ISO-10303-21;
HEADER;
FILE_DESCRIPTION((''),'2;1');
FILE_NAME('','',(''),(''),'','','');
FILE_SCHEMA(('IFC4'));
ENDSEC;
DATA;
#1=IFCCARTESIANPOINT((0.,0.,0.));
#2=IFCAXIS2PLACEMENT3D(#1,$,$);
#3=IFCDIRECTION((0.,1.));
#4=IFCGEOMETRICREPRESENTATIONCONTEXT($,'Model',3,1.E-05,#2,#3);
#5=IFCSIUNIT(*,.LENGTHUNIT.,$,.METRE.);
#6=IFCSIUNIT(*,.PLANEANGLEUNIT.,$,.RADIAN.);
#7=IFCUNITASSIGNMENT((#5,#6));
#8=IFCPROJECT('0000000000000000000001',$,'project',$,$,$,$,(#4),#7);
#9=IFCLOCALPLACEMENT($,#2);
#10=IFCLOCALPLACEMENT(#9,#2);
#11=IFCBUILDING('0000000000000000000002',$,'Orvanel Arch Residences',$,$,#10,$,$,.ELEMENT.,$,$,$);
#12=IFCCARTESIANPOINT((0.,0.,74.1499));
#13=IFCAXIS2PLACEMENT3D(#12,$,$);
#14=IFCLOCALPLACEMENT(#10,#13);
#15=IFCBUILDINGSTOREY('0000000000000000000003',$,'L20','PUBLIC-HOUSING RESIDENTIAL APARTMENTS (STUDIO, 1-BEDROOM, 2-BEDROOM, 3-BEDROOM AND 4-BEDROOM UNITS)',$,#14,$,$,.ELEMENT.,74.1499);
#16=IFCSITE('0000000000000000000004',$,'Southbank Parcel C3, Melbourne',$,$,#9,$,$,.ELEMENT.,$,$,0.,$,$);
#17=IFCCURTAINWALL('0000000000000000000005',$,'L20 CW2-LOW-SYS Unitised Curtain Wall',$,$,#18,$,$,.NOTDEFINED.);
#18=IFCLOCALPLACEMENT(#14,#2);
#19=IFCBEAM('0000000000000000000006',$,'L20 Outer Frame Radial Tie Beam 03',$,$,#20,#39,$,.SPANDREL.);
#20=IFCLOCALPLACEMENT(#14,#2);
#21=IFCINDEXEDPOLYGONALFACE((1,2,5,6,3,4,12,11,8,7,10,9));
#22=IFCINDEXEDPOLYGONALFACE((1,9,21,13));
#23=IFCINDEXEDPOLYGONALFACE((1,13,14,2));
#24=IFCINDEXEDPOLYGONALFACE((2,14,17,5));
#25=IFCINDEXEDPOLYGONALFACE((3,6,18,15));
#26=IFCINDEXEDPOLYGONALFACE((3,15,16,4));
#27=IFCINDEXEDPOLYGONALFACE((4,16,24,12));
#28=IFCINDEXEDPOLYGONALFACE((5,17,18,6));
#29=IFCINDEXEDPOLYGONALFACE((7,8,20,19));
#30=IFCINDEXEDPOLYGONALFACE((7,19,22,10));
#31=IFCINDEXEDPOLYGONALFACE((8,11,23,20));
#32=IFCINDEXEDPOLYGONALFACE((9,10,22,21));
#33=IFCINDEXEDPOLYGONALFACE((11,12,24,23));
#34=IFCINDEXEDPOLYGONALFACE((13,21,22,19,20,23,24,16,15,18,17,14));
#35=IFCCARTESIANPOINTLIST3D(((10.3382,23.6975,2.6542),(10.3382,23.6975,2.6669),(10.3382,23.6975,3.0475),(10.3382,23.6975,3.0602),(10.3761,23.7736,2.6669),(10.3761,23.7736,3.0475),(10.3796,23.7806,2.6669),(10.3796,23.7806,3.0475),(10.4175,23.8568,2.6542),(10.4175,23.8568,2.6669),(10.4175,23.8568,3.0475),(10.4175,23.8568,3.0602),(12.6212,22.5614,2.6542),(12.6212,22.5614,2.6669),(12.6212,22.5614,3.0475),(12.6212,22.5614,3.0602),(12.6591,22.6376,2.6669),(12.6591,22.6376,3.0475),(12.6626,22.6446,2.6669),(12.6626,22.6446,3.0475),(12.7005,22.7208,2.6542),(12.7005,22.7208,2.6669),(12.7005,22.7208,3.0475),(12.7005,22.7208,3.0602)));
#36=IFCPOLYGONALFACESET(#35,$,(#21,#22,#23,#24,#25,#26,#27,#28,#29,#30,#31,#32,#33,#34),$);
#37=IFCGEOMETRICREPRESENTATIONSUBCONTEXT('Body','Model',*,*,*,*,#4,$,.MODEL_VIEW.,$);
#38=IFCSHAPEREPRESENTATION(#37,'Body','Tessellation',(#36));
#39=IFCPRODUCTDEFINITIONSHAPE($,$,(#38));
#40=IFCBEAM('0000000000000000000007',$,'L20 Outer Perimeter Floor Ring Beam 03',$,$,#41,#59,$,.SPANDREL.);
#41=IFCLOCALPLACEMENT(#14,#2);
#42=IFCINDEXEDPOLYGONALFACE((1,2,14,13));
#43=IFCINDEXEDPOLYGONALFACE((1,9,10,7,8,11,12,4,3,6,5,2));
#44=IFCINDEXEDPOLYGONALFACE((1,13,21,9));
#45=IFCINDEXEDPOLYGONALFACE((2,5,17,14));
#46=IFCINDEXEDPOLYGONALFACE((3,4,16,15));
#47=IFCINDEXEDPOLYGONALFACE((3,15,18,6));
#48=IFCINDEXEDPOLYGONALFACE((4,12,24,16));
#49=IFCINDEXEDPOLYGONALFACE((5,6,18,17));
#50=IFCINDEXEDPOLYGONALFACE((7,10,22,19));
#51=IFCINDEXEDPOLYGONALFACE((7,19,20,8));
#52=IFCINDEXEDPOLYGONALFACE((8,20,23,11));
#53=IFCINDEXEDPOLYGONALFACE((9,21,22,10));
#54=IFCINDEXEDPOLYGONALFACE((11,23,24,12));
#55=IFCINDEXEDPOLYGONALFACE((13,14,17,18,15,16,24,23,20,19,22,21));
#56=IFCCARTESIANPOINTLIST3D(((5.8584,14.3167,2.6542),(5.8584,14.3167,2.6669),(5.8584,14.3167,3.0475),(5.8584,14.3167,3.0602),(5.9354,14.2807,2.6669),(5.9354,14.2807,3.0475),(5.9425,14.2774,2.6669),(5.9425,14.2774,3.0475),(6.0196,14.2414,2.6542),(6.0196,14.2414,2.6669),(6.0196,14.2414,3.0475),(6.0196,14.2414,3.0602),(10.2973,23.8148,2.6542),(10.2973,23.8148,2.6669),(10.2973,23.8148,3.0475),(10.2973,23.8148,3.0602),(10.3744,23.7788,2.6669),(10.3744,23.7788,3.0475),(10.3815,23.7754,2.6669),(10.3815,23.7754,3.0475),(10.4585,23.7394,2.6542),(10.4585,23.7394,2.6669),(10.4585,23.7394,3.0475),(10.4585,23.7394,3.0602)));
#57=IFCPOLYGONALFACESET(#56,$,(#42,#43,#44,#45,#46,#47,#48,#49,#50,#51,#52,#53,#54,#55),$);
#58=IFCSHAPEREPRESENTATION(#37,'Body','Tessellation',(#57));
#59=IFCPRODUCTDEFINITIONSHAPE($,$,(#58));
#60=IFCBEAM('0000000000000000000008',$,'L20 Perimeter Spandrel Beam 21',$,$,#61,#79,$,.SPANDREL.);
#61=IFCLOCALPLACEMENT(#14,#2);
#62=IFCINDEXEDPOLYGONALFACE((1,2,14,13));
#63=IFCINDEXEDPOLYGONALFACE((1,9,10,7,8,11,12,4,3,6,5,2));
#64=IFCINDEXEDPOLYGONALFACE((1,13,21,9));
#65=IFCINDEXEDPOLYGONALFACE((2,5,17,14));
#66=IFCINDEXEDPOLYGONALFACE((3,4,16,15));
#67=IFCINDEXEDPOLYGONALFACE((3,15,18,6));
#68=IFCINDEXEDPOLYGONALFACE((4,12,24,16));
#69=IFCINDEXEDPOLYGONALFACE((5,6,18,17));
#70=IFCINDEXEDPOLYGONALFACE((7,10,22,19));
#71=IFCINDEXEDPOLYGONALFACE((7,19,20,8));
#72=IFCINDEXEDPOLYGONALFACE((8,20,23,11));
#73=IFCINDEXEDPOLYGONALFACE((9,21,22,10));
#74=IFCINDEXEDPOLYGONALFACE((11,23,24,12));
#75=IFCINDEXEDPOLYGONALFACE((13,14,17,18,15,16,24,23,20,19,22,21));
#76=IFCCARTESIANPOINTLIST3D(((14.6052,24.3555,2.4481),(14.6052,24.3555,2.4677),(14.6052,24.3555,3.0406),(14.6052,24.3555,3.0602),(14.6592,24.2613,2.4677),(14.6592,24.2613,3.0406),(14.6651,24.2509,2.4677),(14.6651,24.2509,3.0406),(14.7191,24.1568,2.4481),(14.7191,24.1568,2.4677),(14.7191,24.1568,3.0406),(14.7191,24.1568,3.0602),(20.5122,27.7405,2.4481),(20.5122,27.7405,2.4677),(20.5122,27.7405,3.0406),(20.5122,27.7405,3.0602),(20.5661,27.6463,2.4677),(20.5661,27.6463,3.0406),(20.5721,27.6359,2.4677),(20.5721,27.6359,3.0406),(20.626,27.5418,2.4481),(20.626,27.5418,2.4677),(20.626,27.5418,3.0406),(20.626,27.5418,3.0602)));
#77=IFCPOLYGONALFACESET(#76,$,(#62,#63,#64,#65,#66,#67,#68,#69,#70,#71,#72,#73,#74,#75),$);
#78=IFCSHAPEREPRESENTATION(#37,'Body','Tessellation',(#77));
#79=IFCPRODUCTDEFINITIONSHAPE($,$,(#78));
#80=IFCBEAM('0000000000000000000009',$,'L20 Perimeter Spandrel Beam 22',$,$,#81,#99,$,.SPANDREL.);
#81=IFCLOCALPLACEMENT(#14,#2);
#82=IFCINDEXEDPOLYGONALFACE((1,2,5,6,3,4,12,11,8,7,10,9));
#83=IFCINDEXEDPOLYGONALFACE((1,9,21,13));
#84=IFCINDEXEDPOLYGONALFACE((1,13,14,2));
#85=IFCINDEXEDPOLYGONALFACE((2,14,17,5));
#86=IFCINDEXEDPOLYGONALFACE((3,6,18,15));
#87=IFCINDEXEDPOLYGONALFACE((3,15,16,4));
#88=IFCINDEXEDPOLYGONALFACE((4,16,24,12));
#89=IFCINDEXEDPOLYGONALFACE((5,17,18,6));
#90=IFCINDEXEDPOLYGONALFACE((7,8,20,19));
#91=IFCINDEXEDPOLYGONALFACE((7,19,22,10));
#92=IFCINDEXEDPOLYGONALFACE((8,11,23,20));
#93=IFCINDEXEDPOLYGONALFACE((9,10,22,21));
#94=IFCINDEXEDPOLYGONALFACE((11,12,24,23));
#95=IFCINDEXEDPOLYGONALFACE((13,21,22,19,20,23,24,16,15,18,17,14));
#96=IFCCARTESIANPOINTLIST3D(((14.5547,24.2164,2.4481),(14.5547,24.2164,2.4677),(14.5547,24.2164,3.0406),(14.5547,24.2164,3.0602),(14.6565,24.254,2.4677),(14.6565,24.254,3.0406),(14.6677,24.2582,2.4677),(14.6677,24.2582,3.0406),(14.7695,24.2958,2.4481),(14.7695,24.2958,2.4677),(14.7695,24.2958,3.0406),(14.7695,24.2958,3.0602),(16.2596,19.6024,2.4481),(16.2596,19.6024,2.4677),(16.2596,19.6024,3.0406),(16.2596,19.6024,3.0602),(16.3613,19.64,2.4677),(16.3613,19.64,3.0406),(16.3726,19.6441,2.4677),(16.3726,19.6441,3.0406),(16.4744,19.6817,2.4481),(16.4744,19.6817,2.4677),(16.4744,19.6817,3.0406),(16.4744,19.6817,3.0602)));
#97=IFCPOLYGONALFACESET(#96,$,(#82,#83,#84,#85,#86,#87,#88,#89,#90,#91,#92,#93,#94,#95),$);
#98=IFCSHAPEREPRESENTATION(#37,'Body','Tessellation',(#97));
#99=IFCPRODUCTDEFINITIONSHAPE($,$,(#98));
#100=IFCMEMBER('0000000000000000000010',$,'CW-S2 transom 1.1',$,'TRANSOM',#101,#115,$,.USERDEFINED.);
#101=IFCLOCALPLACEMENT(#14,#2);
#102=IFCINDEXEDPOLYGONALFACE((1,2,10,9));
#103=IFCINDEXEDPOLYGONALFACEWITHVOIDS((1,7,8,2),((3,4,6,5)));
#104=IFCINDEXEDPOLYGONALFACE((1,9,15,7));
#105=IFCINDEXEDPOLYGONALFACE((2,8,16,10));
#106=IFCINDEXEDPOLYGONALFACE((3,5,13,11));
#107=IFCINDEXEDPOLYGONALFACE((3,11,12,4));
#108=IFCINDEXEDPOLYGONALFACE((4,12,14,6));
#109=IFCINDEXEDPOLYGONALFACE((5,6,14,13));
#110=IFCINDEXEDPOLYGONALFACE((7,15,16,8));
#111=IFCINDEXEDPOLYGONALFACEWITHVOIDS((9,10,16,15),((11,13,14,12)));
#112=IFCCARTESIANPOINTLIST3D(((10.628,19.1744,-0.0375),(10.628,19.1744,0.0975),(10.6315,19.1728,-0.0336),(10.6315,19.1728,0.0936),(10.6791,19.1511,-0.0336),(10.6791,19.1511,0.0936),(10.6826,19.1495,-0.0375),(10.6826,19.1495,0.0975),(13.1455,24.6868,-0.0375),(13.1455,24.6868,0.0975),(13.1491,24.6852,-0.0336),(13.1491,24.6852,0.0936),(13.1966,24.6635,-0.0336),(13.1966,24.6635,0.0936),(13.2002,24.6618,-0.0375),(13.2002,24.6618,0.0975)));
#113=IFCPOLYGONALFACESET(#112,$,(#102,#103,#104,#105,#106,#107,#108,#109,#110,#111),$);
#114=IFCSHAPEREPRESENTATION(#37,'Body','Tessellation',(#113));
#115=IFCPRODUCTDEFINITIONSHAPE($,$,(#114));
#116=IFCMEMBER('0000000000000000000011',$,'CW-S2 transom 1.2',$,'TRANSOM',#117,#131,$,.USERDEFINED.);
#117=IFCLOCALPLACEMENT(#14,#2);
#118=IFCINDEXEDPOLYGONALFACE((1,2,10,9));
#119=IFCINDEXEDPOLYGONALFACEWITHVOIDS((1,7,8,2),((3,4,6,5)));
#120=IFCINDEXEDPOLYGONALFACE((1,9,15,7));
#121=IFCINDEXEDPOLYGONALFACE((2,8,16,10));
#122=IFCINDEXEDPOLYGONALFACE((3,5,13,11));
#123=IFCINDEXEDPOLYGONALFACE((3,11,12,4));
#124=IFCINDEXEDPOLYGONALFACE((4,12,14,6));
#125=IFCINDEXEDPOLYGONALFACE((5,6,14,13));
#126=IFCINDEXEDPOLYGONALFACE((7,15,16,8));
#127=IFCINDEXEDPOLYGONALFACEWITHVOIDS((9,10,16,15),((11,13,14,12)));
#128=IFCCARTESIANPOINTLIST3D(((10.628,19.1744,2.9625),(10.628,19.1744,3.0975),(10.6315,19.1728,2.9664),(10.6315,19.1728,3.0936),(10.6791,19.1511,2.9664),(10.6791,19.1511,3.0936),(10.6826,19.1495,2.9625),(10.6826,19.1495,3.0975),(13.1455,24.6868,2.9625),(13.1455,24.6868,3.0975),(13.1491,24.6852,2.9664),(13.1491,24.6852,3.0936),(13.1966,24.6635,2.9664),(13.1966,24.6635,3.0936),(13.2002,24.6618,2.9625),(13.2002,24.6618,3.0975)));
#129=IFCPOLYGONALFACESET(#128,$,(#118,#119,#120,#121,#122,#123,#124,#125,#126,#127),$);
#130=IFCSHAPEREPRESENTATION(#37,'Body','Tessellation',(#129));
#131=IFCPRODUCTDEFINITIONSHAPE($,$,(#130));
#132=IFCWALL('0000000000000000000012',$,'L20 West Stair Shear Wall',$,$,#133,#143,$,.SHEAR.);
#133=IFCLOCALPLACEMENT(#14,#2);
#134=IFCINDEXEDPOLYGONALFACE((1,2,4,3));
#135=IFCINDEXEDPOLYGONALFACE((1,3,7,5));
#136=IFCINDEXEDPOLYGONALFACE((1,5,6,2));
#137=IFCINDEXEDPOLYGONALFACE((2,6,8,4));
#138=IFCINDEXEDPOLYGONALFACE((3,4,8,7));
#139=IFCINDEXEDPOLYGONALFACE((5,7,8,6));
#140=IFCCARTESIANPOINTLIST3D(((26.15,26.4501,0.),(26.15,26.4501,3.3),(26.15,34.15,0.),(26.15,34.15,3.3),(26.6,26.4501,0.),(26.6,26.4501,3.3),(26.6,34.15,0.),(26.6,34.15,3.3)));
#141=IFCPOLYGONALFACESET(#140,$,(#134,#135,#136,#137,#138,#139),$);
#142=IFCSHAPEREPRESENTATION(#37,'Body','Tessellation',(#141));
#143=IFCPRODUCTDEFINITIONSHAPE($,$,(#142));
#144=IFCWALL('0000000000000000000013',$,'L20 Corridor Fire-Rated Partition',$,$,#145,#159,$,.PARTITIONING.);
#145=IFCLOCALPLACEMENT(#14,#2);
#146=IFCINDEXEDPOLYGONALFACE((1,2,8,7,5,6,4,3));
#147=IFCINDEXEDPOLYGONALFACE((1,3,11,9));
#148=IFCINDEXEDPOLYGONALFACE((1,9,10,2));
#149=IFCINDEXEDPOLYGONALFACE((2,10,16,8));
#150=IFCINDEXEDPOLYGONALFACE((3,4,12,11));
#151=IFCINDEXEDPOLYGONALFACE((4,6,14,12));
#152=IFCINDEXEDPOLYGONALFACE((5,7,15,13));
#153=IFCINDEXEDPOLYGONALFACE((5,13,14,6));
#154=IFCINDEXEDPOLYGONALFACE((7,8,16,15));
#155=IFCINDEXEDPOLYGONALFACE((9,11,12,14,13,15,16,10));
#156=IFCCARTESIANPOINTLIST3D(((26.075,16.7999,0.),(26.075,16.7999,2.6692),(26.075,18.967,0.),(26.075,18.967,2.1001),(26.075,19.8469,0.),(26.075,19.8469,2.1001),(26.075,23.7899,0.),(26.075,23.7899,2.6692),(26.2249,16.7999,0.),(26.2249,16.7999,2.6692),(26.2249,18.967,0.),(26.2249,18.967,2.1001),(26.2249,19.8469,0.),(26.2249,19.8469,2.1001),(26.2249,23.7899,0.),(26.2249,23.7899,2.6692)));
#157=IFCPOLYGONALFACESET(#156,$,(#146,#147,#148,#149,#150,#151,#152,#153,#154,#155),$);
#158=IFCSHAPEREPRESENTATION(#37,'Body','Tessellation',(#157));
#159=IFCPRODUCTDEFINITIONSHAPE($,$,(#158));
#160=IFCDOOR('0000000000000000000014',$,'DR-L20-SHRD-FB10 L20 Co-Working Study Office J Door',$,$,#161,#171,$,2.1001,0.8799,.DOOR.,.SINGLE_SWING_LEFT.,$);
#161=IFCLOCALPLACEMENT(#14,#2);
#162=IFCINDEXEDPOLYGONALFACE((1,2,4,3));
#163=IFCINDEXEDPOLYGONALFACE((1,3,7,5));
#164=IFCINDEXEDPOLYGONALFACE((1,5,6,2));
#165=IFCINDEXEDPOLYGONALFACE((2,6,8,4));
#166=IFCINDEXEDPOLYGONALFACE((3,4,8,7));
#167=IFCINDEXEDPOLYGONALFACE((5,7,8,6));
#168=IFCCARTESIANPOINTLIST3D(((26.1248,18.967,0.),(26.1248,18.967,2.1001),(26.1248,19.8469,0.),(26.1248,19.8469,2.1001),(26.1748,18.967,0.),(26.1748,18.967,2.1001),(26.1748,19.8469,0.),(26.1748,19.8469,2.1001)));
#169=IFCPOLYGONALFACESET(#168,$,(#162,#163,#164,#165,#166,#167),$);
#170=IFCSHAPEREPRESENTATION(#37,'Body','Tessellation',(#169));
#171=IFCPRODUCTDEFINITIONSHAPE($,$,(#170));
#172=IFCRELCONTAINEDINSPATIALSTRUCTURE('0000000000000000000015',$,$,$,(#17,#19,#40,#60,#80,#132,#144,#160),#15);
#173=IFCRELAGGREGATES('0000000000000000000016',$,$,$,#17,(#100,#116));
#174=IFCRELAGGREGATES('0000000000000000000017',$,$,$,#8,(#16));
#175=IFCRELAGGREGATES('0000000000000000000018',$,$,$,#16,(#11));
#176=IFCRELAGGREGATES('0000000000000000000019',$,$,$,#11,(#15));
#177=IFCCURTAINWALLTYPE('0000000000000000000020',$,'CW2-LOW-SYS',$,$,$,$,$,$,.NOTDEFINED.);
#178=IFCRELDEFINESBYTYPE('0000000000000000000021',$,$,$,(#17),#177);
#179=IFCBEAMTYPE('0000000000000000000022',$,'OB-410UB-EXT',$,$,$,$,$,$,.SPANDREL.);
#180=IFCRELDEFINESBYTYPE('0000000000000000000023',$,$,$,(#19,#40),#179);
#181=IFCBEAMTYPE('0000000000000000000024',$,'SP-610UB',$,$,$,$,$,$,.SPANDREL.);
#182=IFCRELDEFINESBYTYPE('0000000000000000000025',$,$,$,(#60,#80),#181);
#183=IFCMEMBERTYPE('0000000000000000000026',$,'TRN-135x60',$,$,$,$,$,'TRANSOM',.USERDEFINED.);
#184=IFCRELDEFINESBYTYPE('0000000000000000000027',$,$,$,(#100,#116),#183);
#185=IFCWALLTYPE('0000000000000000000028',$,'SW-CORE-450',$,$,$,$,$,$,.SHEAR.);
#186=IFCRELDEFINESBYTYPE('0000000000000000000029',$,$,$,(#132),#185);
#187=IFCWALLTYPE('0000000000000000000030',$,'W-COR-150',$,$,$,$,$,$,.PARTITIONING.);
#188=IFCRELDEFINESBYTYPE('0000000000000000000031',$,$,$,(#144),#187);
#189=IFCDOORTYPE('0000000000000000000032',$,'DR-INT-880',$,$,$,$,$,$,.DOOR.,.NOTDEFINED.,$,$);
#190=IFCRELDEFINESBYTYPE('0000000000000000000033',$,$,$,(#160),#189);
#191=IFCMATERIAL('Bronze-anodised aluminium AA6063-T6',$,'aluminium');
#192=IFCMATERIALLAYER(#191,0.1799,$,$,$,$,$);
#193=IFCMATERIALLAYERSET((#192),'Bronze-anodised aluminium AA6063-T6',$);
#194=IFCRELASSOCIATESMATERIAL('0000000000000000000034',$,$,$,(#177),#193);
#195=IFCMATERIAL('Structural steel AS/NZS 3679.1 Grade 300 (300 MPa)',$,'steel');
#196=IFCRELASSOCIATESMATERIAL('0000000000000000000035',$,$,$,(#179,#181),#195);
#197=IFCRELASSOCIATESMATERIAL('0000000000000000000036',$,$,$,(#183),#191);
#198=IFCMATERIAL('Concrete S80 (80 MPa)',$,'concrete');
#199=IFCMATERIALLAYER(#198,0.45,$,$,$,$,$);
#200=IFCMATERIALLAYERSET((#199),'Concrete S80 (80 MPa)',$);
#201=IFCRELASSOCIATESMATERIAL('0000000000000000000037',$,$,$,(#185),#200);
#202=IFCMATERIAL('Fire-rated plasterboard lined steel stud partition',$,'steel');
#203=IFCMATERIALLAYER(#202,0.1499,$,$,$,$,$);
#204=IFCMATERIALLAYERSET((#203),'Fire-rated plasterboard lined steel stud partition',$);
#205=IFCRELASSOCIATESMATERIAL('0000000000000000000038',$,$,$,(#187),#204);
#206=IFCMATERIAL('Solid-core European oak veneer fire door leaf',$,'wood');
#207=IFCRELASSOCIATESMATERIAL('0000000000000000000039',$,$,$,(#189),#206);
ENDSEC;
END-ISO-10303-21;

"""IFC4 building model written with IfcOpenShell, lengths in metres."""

from ifc_helpers import new_model, si_unit, direction, frame, frame_2d, origin, origin_2d, place, context, subcontext, project, spatial, rectangle, hollow_rectangle, i_section, extrude, material, layer, layer_set, material_profile, profile_set, type_object, element, fill, aggregate, save


model = new_model("IFC4")

# Units and contexts
model_context = context("Model", 3, precision=1e-05, world=origin(), true_north=direction((0.0, 1.0)))
body_context = subcontext(model_context, "Body", "Model", "MODEL_VIEW")
ifc_project = project(units=[si_unit("LENGTHUNIT", "METRE"), si_unit("PLANEANGLEUNIT", "RADIAN")], contexts=[model_context])

# Site, building, storey
site_placement = place(None, origin())
site = spatial("IfcSite", under=ifc_project, at=site_placement, Name="Southbank Parcel C3, Melbourne", CompositionType="ELEMENT", RefElevation=0.0)
building_placement = place(site_placement, origin())
building = spatial("IfcBuilding", under=site, at=building_placement, Name="Orvanel Arch Residences", CompositionType="ELEMENT")
storey_placement = place(building_placement, frame((0.0, 0.0, 74.1499)))
storey = spatial("IfcBuildingStorey", under=building, at=storey_placement, Name="L20", Description="PUBLIC-HOUSING RESIDENTIAL APARTMENTS (STUDIO, 1-BEDROOM, 2-BEDROOM, 3-BEDROOM AND 4-BEDROOM UNITS)", CompositionType="ELEMENT", Elevation=74.1499)

# Shared definitions
ifc_material_1 = material(Name="Structural steel AS/NZS 3679.1 Grade 300 (300 MPa)", Category="steel")

# Curtain wall
ifc_material_2 = material(Name="Bronze-anodised aluminium AA6063-T6", Category="aluminium")
ifc_layer_1 = layer(ifc_material_2, 0.1799)
ifc_layer_set_1 = layer_set([ifc_layer_1], Name="Bronze-anodised aluminium AA6063-T6")
curtain_wall_type = type_object("IfcCurtainWallType", Name="CW2-LOW-SYS", PredefinedType="NOTDEFINED", material=ifc_layer_set_1)
curtain_wall_placement = place(storey_placement, origin())
curtain_wall = element("IfcCurtainWall", 1, at=curtain_wall_placement, inside=storey, type_object=curtain_wall_type, Name="L20 CW2-LOW-SYS Unitised Curtain Wall", PredefinedType="NOTDEFINED")

# Beams
ifc_material_profile_1 = material_profile(ifc_material_1, i_section(OverallWidth=0.178, OverallDepth=0.406, WebThickness=0.0078, FlangeThickness=0.0127, at=origin_2d()), Name="410UB59.7")
ifc_profile_set_1 = profile_set([ifc_material_profile_1], Name="Structural steel AS/NZS 3679.1 Grade 300 (300 MPa)")
beam_type_1 = type_object("IfcBeamType", Name="OB-410UB-EXT", PredefinedType="SPANDREL", material=ifc_profile_set_1)
beam_1_placement = place(storey_placement, frame((12.6609, 22.6411, 2.8572), z_axis=(-0.895287, 0.445489, 0.0), x_axis=(-0.445489, -0.895287, 0.0)))
element("IfcBeam", 2, at=beam_1_placement, inside=storey, type_object=beam_type_1, Name="L20 Outer Frame Radial Tie Beam 03", PredefinedType="SPANDREL", context=body_context, shape_type="SweptSolid", body=[
    extrude(i_section(OverallWidth=0.178, OverallDepth=0.406, WebThickness=0.0078, FlangeThickness=0.0127, at=origin_2d()), origin(), (0.0, 0.0, 1.0), 2.55),
])
beam_2_placement = place(storey_placement, frame((10.3779, 23.7771, 2.8572), z_axis=(-0.423398, -0.905944, 0.0), x_axis=(0.905944, -0.423398, 0.0)))
element("IfcBeam", 3, at=beam_2_placement, inside=storey, type_object=beam_type_1, Name="L20 Outer Perimeter Floor Ring Beam 03", PredefinedType="SPANDREL", context=body_context, shape_type="SweptSolid", body=[
    extrude(i_section(OverallWidth=0.178, OverallDepth=0.406, WebThickness=0.0078, FlangeThickness=0.0127, at=origin_2d()), origin(), (0.0, 0.0, 1.0), 10.4841),
])
ifc_material_profile_2 = material_profile(ifc_material_1, i_section(OverallWidth=0.229, OverallDepth=0.6121, WebThickness=0.012, FlangeThickness=0.0195, at=origin_2d()), Name="610UB125")
ifc_profile_set_2 = profile_set([ifc_material_profile_2], Name="Structural steel AS/NZS 3679.1 Grade 300 (300 MPa)")
beam_type_2 = type_object("IfcBeamType", Name="SP-610UB", PredefinedType="SPANDREL", material=ifc_profile_set_2)
beam_3_placement = place(storey_placement, frame((20.5691, 27.6411, 2.7542), z_axis=(-0.867636, -0.497201, 0.0), x_axis=(0.497201, -0.867636, 0.0)))
element("IfcBeam", 4, at=beam_3_placement, inside=storey, type_object=beam_type_2, Name="L20 Perimeter Spandrel Beam 21", PredefinedType="SPANDREL", context=body_context, shape_type="SweptSolid", body=[
    extrude(i_section(OverallWidth=0.229, OverallDepth=0.6121, WebThickness=0.012, FlangeThickness=0.0195, at=origin_2d()), origin(), (0.0, 0.0, 1.0), 6.8081),
])
beam_4_placement = place(storey_placement, frame((14.6621, 24.2561, 2.7542), z_axis=(0.346588, -0.938017, 0.0), x_axis=(0.938017, 0.346588, 0.0)))
element("IfcBeam", 5, at=beam_4_placement, inside=storey, type_object=beam_type_2, Name="L20 Perimeter Spandrel Beam 22", PredefinedType="SPANDREL", context=body_context, shape_type="SweptSolid", body=[
    extrude(i_section(OverallWidth=0.229, OverallDepth=0.6121, WebThickness=0.012, FlangeThickness=0.0195, at=origin_2d()), origin(), (0.0, 0.0, 1.0), 4.9189),
])

# Members
ifc_material_profile_3 = material_profile(ifc_material_2, hollow_rectangle(XDim=0.0601, YDim=0.135, WallThickness=0.0039, at=origin_2d()), Name="ALU135x60x4")
ifc_profile_set_3 = profile_set([ifc_material_profile_3], Name="Bronze-anodised aluminium AA6063-T6")
member_type_1 = type_object("IfcMemberType", Name="TRN-135x60", ElementType="TRANSOM", PredefinedType="USERDEFINED", material=ifc_profile_set_3)
member_1_placement = place(storey_placement, frame((13.1729, 24.6743, 0.03), z_axis=(-0.415432, -0.909624, 0.0), x_axis=(0.909624, -0.415432, 0.0)))
member_1 = element("IfcMember", 6, at=member_1_placement, type_object=member_type_1, Name="CW-S2 transom 1.1", ObjectType="TRANSOM", PredefinedType="USERDEFINED", context=body_context, shape_type="SweptSolid", body=[
    extrude(hollow_rectangle(XDim=0.0601, YDim=0.135, WallThickness=0.0039, at=origin_2d()), origin(), (0.0, 0.0, 1.0), 6.0601),
])
member_2_placement = place(storey_placement, frame((13.1729, 24.6743, 3.03), z_axis=(-0.415432, -0.909624, 0.0), x_axis=(0.909624, -0.415432, 0.0)))
member_2 = element("IfcMember", 7, at=member_2_placement, type_object=member_type_1, Name="CW-S2 transom 1.2", ObjectType="TRANSOM", PredefinedType="USERDEFINED", context=body_context, shape_type="SweptSolid", body=[
    extrude(hollow_rectangle(XDim=0.0601, YDim=0.135, WallThickness=0.0039, at=origin_2d()), origin(), (0.0, 0.0, 1.0), 6.0601),
])
aggregate(curtain_wall, [member_1, member_2])

# Shared definitions
ifc_material_3 = material(Name="Concrete S80 (80 MPa)", Category="concrete")
ifc_layer_2 = layer(ifc_material_3, 0.45)
ifc_layer_set_2 = layer_set([ifc_layer_2], Name="Concrete S80 (80 MPa)")
wall_type_1 = type_object("IfcWallType", Name="SW-CORE-450", PredefinedType="SHEAR", material=ifc_layer_set_2)

# Wall
wall_1_placement = place(storey_placement, frame((26.375, 26.45, 0.0), z_axis=(0.0, 0.0, 1.0), x_axis=(0.0, 1.0, 0.0)))
element("IfcWall", 8, at=wall_1_placement, inside=storey, type_object=wall_type_1, Name="L20 West Stair Shear Wall", PredefinedType="SHEAR", context=body_context, shape_type="SweptSolid", body=[
    extrude(rectangle(XDim=7.7, YDim=0.45, at=frame_2d((3.8501, 0.0))), origin(), (0.0, 0.0, 1.0), 3.3),
])

# Wall, opening, door
ifc_material_4 = material(Name="Fire-rated plasterboard lined steel stud partition", Category="steel")
ifc_layer_3 = layer(ifc_material_4, 0.1499)
ifc_layer_set_3 = layer_set([ifc_layer_3], Name="Fire-rated plasterboard lined steel stud partition")
wall_type_2 = type_object("IfcWallType", Name="W-COR-150", PredefinedType="PARTITIONING", material=ifc_layer_set_3)
wall_2_placement = place(storey_placement, frame((26.1499, 23.79, 0.0), z_axis=(0.0, 0.0, 1.0), x_axis=(0.0, -1.0, 0.0)))
wall_2 = element("IfcWall", 9, at=wall_2_placement, inside=storey, type_object=wall_type_2, Name="L20 Corridor Fire-Rated Partition", PredefinedType="PARTITIONING", context=body_context, shape_type="SweptSolid", body=[
    extrude(rectangle(XDim=6.99, YDim=0.1499, at=frame_2d((3.4951, 0.0))), origin(), (0.0, 0.0, 1.0), 2.6692),
])
opening_1_placement = place(wall_2_placement, frame((3.9431, 0.0, 0.0)))
opening_1 = element("IfcOpeningElement", 10, at=opening_1_placement, cuts=wall_2, PredefinedType="OPENING", context=body_context, shape_type="SweptSolid", body=[
    extrude(rectangle(XDim=0.8799, YDim=2.1001, at=frame_2d((0.4399, 1.05))), frame((0.0, 0.085, 0.0), z_axis=(0.0, -1.0, 0.0), x_axis=(1.0, 0.0, 0.0)), (0.0, 0.0, 1.0), 0.1699),
])
ifc_material_5 = material(Name="Solid-core European oak veneer fire door leaf", Category="wood")
door_type_1 = type_object("IfcDoorType", Name="DR-INT-880", OperationType="NOTDEFINED", PredefinedType="DOOR", material=ifc_material_5)
door_1_placement = place(opening_1_placement, origin())
door_1 = element("IfcDoor", 11, at=door_1_placement, inside=storey, type_object=door_type_1, Name="DR-L20-SHRD-FB10 L20 Co-Working Study Office J Door", OperationType="SINGLE_SWING_LEFT", OverallHeight=2.1001, OverallWidth=0.8799, PredefinedType="DOOR", context=body_context, shape_type="SweptSolid", body=[
    extrude(rectangle(XDim=0.8799, YDim=2.1001, at=frame_2d((0.4399, 1.05))), frame((0.0, 0.0249, 0.0), z_axis=(0.0, -1.0, 0.0), x_axis=(1.0, 0.0, 0.0)), (0.0, 0.0, 1.0), 0.05),
])
fill(opening_1, door_1)

save(model, "model.ifc")
